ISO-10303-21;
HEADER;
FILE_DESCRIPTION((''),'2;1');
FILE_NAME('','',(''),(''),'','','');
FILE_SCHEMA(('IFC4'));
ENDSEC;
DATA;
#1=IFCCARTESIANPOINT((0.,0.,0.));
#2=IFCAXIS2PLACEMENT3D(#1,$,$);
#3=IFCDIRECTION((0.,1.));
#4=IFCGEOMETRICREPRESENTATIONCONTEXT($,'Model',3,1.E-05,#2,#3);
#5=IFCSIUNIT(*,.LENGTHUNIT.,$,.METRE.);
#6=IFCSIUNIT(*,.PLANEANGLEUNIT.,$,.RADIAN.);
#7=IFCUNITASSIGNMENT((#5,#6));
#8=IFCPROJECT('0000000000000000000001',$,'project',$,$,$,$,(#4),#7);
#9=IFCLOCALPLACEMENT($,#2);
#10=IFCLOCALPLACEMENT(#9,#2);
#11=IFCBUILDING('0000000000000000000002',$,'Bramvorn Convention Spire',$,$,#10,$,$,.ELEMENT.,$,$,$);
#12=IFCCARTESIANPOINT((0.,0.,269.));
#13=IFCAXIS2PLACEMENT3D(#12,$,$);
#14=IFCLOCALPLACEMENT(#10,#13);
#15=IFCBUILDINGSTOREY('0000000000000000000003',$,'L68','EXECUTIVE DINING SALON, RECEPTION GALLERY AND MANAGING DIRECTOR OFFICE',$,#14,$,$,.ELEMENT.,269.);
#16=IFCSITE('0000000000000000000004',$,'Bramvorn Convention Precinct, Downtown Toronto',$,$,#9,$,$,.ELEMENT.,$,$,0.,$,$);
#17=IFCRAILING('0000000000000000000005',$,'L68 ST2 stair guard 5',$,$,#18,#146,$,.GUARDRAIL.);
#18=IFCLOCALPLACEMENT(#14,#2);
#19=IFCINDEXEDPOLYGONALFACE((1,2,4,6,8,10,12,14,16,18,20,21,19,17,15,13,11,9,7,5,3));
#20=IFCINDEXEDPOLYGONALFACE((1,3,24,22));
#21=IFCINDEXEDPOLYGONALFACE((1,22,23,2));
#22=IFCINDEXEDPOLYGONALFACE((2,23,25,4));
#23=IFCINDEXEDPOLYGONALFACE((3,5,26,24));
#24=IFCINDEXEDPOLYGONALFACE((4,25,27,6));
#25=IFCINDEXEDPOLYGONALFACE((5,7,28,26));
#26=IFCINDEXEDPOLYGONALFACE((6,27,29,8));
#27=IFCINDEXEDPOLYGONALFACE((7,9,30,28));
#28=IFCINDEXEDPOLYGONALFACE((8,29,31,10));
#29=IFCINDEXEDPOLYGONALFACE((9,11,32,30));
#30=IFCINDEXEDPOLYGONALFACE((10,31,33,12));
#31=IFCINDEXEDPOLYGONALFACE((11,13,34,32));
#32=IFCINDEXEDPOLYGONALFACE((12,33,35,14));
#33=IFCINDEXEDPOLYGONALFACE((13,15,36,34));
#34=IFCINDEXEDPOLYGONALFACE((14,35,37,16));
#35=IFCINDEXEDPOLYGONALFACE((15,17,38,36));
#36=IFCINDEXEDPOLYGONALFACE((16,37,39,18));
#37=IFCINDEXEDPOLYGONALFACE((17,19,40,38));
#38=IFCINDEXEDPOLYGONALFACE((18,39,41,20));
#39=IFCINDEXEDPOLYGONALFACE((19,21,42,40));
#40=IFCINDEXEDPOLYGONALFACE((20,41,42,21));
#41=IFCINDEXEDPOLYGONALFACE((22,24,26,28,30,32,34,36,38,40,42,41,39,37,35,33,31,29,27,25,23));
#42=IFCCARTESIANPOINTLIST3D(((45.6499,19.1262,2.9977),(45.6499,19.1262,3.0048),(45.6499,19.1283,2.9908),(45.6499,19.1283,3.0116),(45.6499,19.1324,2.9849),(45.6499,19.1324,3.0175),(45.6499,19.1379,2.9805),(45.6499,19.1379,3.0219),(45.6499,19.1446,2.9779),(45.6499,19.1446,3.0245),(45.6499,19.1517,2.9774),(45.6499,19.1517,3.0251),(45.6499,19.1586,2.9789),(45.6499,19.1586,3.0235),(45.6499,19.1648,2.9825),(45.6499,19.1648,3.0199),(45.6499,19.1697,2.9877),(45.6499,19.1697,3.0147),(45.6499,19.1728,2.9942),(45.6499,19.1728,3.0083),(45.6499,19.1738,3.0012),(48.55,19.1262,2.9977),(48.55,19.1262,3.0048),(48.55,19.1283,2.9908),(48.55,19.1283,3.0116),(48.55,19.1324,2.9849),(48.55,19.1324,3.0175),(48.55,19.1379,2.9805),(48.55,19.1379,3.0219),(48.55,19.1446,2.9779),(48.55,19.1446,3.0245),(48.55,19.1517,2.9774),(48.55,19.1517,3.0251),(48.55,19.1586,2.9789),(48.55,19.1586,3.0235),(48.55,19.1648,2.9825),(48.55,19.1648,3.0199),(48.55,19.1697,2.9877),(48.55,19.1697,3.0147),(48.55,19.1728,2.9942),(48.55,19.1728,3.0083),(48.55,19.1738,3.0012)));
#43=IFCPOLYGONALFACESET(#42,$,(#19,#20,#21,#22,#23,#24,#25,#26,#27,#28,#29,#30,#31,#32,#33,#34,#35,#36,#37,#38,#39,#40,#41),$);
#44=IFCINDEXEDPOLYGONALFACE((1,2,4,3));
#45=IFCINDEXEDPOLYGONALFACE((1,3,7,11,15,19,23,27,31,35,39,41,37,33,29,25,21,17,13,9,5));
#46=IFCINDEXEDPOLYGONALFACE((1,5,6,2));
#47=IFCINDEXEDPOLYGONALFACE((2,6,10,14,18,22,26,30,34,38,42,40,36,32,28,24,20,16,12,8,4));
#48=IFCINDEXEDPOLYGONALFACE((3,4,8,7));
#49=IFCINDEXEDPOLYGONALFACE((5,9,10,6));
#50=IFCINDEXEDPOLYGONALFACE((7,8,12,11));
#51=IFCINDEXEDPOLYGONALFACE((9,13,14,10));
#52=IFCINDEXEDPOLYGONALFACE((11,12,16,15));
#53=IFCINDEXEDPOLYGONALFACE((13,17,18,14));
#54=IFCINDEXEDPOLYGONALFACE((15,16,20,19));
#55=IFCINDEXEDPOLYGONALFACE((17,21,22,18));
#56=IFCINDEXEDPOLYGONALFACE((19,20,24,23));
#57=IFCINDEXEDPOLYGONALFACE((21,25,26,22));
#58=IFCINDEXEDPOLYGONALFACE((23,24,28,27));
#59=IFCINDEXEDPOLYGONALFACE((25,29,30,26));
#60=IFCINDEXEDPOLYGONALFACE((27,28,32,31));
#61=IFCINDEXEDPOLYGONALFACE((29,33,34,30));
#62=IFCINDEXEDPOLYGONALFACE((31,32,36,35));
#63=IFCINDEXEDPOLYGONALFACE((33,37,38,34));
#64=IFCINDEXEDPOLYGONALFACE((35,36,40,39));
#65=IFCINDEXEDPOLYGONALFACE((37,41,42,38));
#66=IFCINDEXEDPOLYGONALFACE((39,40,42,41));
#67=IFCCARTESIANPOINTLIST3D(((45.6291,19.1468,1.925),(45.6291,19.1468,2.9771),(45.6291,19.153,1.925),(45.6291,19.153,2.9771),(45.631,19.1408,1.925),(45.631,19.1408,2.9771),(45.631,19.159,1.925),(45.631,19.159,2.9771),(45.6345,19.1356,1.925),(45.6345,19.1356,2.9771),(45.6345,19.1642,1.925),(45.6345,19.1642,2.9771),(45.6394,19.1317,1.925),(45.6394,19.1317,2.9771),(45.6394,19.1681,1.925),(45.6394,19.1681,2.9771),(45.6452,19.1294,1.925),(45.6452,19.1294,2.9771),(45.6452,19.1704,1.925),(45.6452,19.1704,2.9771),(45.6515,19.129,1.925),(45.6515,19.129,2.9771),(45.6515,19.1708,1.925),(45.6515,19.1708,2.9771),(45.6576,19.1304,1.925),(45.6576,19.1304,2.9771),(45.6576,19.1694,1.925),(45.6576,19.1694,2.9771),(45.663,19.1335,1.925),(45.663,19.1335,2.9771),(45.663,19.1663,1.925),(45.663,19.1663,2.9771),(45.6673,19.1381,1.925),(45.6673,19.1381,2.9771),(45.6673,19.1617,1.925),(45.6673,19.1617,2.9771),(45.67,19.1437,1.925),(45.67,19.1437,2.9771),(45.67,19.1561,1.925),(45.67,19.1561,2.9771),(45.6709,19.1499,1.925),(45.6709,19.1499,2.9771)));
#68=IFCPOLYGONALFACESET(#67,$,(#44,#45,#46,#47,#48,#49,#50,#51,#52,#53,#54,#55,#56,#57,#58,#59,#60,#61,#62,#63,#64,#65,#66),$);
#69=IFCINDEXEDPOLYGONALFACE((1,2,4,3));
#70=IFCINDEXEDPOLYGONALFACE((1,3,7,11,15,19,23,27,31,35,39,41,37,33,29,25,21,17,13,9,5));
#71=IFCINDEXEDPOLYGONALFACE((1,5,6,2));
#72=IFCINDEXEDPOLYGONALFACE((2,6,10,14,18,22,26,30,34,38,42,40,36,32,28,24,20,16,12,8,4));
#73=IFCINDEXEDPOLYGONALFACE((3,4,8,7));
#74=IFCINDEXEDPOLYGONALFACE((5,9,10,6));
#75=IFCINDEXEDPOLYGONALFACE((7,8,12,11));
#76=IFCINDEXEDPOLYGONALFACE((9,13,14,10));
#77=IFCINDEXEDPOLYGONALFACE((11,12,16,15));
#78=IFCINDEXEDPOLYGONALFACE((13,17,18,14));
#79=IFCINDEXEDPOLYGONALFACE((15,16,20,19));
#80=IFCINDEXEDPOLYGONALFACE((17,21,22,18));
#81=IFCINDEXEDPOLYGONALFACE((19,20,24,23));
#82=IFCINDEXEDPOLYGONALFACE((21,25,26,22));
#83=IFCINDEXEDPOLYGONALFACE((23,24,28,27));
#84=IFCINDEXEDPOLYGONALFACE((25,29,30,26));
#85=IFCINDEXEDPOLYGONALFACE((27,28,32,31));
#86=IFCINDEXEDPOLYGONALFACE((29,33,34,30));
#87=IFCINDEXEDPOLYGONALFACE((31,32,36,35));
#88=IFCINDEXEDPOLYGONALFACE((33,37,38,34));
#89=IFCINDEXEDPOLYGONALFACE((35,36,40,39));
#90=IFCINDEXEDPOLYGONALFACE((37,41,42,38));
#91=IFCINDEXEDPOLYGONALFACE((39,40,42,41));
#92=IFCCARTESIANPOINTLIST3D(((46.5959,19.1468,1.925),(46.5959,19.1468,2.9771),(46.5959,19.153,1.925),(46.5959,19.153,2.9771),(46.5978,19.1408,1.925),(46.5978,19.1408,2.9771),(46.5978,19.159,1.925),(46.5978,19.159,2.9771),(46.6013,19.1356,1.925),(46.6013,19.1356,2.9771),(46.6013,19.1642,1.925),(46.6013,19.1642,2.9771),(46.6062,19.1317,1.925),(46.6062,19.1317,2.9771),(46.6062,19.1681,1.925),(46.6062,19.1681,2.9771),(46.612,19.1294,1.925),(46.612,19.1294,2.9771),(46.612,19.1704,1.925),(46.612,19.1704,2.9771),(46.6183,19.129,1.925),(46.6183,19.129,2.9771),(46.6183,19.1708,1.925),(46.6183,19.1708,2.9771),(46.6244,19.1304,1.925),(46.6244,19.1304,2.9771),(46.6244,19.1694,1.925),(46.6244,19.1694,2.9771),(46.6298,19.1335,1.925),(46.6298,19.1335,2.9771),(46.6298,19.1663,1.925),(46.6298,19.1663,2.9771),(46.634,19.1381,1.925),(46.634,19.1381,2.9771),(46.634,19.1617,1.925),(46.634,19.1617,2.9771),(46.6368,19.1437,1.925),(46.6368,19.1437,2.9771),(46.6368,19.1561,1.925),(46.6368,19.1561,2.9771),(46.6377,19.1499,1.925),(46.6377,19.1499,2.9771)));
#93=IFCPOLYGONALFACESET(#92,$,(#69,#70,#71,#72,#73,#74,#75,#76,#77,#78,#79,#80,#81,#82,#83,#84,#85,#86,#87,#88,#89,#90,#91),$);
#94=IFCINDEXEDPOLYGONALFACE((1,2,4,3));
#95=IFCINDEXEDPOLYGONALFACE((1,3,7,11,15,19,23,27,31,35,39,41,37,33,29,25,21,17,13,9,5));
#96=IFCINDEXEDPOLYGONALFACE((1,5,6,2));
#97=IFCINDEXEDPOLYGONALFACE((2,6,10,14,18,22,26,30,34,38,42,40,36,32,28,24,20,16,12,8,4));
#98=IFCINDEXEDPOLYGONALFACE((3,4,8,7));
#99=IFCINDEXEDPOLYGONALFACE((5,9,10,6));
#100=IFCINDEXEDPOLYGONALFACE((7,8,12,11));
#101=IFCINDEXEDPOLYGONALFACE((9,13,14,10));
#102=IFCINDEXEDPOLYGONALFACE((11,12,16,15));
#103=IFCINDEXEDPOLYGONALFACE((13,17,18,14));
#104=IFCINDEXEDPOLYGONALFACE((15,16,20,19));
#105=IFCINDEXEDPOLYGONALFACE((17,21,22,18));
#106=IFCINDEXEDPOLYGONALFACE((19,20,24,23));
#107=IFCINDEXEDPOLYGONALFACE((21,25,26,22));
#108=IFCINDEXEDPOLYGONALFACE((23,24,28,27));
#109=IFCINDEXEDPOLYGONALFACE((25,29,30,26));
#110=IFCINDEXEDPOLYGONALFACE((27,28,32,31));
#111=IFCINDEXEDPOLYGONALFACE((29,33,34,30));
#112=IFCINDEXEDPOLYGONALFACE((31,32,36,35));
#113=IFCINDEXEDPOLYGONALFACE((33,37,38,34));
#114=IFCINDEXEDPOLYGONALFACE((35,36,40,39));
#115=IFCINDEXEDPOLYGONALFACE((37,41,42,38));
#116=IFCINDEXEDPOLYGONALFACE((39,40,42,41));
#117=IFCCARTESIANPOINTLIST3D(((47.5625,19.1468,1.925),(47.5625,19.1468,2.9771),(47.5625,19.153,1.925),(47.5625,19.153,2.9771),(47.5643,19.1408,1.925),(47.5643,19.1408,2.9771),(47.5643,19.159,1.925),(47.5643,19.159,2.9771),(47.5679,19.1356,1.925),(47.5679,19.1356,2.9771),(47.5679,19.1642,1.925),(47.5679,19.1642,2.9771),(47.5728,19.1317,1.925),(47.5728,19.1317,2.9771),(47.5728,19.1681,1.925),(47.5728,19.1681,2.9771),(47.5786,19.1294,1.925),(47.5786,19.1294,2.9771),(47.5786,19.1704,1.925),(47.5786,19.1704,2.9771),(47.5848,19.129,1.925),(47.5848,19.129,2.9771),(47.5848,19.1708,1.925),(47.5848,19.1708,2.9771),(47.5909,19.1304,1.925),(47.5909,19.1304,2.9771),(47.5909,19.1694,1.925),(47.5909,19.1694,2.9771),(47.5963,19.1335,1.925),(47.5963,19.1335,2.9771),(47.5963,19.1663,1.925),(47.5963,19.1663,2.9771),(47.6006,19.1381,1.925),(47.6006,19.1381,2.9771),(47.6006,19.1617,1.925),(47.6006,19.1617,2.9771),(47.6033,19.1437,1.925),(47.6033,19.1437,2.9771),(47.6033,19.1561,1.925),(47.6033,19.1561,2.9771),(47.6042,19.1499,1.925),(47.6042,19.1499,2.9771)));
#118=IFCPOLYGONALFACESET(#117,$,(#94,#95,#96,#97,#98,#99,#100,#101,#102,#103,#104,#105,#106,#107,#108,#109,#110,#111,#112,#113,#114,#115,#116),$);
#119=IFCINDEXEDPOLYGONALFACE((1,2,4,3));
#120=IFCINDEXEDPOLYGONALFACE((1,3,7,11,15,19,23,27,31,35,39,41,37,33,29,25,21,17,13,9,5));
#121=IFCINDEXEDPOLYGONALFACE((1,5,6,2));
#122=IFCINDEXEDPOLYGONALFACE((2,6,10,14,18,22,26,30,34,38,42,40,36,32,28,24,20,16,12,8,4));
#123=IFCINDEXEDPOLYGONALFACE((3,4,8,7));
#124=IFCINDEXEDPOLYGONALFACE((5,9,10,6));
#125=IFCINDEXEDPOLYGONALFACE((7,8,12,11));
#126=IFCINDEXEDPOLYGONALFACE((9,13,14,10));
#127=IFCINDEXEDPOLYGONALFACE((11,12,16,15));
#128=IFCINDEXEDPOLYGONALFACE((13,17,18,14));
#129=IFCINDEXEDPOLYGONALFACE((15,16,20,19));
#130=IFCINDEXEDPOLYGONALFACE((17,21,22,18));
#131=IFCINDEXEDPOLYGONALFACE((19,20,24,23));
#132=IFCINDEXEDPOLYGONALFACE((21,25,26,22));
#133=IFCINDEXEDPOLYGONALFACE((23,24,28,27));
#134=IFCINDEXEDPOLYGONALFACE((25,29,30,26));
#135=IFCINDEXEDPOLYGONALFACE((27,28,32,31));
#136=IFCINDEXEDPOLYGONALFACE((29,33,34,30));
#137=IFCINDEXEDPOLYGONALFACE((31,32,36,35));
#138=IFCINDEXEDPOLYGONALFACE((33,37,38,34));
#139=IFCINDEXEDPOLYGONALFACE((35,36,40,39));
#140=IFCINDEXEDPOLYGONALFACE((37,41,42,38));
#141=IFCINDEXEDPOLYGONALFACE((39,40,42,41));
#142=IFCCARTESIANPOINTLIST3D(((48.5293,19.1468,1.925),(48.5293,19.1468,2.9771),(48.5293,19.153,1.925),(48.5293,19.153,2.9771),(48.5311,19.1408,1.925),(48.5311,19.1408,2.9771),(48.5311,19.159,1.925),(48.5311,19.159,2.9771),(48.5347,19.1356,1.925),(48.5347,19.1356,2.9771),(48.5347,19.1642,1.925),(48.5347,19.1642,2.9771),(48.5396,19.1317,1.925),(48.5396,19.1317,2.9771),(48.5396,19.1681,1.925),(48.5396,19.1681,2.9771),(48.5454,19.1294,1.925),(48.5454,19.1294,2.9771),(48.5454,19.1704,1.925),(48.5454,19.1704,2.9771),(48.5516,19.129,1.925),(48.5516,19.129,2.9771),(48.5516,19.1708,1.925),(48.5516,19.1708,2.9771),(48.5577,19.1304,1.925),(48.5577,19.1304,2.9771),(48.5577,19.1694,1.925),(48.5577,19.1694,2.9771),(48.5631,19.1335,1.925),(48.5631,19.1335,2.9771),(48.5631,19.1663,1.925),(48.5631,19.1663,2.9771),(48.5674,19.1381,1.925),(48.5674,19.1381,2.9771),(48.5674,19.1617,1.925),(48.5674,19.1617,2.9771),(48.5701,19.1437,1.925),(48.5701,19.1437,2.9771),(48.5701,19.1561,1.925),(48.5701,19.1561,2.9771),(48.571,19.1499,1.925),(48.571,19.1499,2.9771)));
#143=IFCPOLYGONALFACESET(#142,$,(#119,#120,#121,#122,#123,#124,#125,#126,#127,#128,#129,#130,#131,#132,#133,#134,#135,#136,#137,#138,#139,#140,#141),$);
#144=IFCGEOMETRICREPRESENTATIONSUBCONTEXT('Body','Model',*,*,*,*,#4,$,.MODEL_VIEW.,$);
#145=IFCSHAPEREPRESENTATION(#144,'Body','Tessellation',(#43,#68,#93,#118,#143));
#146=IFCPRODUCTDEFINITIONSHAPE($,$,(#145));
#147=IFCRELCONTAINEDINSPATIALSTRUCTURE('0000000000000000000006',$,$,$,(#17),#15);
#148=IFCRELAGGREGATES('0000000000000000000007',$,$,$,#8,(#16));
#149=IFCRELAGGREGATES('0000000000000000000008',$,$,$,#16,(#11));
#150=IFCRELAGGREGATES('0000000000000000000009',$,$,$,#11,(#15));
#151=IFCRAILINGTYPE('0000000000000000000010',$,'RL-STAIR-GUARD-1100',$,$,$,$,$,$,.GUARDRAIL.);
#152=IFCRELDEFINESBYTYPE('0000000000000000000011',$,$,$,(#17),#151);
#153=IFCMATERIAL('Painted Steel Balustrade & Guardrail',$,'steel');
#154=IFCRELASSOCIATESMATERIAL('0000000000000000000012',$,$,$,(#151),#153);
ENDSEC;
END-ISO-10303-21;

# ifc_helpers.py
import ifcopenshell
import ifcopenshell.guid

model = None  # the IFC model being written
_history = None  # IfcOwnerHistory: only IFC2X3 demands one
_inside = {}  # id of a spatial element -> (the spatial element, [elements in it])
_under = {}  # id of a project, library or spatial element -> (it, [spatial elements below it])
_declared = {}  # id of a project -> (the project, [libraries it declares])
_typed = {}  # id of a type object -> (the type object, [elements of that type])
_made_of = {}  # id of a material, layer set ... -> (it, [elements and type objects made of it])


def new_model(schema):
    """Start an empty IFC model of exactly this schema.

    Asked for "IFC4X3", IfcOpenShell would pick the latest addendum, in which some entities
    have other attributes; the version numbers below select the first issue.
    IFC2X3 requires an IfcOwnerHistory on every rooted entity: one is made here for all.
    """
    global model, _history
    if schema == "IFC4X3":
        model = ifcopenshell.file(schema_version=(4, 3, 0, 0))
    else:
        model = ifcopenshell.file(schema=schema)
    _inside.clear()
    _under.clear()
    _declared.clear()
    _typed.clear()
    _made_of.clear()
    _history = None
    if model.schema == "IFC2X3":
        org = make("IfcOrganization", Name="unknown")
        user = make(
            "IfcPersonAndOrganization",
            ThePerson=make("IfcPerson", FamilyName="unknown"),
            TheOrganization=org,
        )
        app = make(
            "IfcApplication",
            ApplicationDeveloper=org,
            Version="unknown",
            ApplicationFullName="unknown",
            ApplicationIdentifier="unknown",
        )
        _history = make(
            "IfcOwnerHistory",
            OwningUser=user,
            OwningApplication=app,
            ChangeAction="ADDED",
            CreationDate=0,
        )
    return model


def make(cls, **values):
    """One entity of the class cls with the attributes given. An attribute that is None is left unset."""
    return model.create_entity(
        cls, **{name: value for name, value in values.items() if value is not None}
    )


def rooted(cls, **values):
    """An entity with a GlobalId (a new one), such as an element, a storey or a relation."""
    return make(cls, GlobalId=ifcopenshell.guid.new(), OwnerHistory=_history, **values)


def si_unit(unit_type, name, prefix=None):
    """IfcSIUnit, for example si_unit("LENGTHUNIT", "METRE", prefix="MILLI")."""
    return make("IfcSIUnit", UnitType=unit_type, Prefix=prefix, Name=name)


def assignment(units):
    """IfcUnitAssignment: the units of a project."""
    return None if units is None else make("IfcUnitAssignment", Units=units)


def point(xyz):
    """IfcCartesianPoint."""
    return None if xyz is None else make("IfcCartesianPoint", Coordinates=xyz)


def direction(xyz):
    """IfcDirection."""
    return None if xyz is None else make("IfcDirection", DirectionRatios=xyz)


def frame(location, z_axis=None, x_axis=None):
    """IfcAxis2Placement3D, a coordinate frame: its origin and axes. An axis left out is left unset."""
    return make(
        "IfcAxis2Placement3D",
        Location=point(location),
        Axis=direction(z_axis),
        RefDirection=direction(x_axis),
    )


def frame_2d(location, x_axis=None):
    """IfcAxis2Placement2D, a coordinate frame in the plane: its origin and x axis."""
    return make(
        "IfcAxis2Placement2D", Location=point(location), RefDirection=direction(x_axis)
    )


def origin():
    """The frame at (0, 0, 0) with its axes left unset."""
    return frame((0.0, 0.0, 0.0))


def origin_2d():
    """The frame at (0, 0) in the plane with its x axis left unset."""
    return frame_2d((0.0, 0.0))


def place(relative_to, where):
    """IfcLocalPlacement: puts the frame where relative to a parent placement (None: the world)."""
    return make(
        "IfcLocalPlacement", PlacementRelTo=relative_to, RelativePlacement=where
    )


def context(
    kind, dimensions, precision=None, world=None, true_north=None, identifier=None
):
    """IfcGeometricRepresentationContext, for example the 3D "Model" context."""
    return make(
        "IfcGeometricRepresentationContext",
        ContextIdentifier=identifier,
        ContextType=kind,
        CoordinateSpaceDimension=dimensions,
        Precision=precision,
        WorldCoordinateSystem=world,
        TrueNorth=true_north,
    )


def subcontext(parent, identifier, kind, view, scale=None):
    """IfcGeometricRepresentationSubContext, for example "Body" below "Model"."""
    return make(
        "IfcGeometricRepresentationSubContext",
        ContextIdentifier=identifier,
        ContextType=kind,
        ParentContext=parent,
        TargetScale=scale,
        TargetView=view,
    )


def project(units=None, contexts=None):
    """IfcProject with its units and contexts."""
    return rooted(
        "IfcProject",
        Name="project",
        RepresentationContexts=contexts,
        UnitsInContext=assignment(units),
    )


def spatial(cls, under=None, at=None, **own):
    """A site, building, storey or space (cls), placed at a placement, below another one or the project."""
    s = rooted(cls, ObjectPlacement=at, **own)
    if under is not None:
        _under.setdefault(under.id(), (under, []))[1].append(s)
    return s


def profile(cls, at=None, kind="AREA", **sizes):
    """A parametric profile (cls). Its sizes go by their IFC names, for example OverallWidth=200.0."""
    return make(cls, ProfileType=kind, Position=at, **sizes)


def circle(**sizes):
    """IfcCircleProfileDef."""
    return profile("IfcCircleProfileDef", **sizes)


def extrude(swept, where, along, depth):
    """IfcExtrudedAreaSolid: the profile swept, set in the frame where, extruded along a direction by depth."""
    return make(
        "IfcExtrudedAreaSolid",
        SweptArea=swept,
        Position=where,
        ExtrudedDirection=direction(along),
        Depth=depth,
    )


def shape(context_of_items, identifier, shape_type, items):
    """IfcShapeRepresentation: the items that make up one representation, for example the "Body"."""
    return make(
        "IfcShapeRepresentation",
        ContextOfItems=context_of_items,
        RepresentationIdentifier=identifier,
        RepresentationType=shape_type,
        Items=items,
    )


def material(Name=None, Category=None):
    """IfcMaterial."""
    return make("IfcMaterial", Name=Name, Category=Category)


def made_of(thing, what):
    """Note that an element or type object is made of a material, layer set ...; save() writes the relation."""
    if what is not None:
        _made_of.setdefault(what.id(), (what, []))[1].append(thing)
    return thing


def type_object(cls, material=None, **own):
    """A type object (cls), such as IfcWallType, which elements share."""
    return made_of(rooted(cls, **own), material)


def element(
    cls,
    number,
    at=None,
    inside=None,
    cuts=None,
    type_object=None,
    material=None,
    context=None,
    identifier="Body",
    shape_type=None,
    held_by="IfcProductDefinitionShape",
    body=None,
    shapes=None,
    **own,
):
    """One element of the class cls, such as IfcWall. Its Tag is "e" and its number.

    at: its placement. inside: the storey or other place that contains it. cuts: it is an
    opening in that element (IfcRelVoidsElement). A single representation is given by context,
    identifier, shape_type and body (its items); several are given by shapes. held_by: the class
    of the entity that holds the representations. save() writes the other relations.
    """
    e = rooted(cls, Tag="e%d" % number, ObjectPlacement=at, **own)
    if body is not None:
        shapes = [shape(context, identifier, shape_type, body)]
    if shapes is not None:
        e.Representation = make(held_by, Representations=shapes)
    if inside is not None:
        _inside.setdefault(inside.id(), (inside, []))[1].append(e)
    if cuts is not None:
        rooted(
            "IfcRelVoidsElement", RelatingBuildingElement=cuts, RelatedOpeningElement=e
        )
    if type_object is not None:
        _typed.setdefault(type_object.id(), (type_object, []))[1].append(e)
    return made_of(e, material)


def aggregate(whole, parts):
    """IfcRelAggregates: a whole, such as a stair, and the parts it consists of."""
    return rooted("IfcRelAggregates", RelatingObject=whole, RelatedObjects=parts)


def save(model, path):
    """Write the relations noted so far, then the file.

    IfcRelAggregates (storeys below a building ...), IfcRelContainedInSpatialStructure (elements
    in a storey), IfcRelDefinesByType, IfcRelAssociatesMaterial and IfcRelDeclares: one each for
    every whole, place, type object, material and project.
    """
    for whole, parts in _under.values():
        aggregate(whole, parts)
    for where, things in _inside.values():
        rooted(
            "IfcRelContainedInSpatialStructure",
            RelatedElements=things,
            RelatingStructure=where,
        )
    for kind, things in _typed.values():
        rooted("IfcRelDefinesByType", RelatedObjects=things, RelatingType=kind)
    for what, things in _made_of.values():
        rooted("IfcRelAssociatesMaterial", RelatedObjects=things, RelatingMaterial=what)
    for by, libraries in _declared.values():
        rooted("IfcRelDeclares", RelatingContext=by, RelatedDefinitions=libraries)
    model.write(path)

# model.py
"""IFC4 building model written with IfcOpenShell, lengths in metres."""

from ifc_helpers import new_model, si_unit, direction, frame, origin, origin_2d, place, context, subcontext, project, spatial, circle, extrude, material, type_object, element, save


model = new_model("IFC4")

# Units and contexts
model_context = context("Model", 3, precision=1e-05, world=origin(), true_north=direction((0.0, 1.0)))
body_context = subcontext(model_context, "Body", "Model", "MODEL_VIEW")
ifc_project = project(units=[si_unit("LENGTHUNIT", "METRE"), si_unit("PLANEANGLEUNIT", "RADIAN")], contexts=[model_context])

# Site, building, storey
site_placement = place(None, origin())
site = spatial("IfcSite", under=ifc_project, at=site_placement, Name="Bramvorn Convention Precinct, Downtown Toronto", CompositionType="ELEMENT", RefElevation=0.0)
building_placement = place(site_placement, origin())
building = spatial("IfcBuilding", under=site, at=building_placement, Name="Bramvorn Convention Spire", CompositionType="ELEMENT")
storey_placement = place(building_placement, frame((0.0, 0.0, 269.0)))
storey = spatial("IfcBuildingStorey", under=building, at=storey_placement, Name="L68", Description="EXECUTIVE DINING SALON, RECEPTION GALLERY AND MANAGING DIRECTOR OFFICE", CompositionType="ELEMENT", Elevation=269.0)

# Railing
ifc_material_1 = material(Name="Painted Steel Balustrade & Guardrail", Category="steel")
railing_type = type_object("IfcRailingType", Name="RL-STAIR-GUARD-1100", PredefinedType="GUARDRAIL", material=ifc_material_1)
railing_1_placement = place(storey_placement, frame((45.6499, 19.1499, 1.925)))
element("IfcRailing", 1, at=railing_1_placement, inside=storey, type_object=railing_type, Name="L68 ST2 stair guard 5", PredefinedType="GUARDRAIL", context=body_context, shape_type="SweptSolid", body=[
    extrude(circle(Radius=0.0239, at=origin_2d()), frame((0.0, 0.0, 1.0762), z_axis=(1.0, 0.0, 0.0), x_axis=(0.0, 1.0, 0.0)), (0.0, 0.0, 1.0), 2.9001),
    extrude(circle(Radius=0.021, at=origin_2d()), origin(), (0.0, 0.0, 1.0), 1.052),
    extrude(circle(Radius=0.021, at=origin_2d()), frame((0.9668, 0.0, 0.0)), (0.0, 0.0, 1.0), 1.052),
    extrude(circle(Radius=0.021, at=origin_2d()), frame((1.9333, 0.0, 0.0)), (0.0, 0.0, 1.0), 1.052),
    extrude(circle(Radius=0.021, at=origin_2d()), frame((2.9001, 0.0, 0.0)), (0.0, 0.0, 1.0), 1.052),
])

save(model, "model.ifc")
